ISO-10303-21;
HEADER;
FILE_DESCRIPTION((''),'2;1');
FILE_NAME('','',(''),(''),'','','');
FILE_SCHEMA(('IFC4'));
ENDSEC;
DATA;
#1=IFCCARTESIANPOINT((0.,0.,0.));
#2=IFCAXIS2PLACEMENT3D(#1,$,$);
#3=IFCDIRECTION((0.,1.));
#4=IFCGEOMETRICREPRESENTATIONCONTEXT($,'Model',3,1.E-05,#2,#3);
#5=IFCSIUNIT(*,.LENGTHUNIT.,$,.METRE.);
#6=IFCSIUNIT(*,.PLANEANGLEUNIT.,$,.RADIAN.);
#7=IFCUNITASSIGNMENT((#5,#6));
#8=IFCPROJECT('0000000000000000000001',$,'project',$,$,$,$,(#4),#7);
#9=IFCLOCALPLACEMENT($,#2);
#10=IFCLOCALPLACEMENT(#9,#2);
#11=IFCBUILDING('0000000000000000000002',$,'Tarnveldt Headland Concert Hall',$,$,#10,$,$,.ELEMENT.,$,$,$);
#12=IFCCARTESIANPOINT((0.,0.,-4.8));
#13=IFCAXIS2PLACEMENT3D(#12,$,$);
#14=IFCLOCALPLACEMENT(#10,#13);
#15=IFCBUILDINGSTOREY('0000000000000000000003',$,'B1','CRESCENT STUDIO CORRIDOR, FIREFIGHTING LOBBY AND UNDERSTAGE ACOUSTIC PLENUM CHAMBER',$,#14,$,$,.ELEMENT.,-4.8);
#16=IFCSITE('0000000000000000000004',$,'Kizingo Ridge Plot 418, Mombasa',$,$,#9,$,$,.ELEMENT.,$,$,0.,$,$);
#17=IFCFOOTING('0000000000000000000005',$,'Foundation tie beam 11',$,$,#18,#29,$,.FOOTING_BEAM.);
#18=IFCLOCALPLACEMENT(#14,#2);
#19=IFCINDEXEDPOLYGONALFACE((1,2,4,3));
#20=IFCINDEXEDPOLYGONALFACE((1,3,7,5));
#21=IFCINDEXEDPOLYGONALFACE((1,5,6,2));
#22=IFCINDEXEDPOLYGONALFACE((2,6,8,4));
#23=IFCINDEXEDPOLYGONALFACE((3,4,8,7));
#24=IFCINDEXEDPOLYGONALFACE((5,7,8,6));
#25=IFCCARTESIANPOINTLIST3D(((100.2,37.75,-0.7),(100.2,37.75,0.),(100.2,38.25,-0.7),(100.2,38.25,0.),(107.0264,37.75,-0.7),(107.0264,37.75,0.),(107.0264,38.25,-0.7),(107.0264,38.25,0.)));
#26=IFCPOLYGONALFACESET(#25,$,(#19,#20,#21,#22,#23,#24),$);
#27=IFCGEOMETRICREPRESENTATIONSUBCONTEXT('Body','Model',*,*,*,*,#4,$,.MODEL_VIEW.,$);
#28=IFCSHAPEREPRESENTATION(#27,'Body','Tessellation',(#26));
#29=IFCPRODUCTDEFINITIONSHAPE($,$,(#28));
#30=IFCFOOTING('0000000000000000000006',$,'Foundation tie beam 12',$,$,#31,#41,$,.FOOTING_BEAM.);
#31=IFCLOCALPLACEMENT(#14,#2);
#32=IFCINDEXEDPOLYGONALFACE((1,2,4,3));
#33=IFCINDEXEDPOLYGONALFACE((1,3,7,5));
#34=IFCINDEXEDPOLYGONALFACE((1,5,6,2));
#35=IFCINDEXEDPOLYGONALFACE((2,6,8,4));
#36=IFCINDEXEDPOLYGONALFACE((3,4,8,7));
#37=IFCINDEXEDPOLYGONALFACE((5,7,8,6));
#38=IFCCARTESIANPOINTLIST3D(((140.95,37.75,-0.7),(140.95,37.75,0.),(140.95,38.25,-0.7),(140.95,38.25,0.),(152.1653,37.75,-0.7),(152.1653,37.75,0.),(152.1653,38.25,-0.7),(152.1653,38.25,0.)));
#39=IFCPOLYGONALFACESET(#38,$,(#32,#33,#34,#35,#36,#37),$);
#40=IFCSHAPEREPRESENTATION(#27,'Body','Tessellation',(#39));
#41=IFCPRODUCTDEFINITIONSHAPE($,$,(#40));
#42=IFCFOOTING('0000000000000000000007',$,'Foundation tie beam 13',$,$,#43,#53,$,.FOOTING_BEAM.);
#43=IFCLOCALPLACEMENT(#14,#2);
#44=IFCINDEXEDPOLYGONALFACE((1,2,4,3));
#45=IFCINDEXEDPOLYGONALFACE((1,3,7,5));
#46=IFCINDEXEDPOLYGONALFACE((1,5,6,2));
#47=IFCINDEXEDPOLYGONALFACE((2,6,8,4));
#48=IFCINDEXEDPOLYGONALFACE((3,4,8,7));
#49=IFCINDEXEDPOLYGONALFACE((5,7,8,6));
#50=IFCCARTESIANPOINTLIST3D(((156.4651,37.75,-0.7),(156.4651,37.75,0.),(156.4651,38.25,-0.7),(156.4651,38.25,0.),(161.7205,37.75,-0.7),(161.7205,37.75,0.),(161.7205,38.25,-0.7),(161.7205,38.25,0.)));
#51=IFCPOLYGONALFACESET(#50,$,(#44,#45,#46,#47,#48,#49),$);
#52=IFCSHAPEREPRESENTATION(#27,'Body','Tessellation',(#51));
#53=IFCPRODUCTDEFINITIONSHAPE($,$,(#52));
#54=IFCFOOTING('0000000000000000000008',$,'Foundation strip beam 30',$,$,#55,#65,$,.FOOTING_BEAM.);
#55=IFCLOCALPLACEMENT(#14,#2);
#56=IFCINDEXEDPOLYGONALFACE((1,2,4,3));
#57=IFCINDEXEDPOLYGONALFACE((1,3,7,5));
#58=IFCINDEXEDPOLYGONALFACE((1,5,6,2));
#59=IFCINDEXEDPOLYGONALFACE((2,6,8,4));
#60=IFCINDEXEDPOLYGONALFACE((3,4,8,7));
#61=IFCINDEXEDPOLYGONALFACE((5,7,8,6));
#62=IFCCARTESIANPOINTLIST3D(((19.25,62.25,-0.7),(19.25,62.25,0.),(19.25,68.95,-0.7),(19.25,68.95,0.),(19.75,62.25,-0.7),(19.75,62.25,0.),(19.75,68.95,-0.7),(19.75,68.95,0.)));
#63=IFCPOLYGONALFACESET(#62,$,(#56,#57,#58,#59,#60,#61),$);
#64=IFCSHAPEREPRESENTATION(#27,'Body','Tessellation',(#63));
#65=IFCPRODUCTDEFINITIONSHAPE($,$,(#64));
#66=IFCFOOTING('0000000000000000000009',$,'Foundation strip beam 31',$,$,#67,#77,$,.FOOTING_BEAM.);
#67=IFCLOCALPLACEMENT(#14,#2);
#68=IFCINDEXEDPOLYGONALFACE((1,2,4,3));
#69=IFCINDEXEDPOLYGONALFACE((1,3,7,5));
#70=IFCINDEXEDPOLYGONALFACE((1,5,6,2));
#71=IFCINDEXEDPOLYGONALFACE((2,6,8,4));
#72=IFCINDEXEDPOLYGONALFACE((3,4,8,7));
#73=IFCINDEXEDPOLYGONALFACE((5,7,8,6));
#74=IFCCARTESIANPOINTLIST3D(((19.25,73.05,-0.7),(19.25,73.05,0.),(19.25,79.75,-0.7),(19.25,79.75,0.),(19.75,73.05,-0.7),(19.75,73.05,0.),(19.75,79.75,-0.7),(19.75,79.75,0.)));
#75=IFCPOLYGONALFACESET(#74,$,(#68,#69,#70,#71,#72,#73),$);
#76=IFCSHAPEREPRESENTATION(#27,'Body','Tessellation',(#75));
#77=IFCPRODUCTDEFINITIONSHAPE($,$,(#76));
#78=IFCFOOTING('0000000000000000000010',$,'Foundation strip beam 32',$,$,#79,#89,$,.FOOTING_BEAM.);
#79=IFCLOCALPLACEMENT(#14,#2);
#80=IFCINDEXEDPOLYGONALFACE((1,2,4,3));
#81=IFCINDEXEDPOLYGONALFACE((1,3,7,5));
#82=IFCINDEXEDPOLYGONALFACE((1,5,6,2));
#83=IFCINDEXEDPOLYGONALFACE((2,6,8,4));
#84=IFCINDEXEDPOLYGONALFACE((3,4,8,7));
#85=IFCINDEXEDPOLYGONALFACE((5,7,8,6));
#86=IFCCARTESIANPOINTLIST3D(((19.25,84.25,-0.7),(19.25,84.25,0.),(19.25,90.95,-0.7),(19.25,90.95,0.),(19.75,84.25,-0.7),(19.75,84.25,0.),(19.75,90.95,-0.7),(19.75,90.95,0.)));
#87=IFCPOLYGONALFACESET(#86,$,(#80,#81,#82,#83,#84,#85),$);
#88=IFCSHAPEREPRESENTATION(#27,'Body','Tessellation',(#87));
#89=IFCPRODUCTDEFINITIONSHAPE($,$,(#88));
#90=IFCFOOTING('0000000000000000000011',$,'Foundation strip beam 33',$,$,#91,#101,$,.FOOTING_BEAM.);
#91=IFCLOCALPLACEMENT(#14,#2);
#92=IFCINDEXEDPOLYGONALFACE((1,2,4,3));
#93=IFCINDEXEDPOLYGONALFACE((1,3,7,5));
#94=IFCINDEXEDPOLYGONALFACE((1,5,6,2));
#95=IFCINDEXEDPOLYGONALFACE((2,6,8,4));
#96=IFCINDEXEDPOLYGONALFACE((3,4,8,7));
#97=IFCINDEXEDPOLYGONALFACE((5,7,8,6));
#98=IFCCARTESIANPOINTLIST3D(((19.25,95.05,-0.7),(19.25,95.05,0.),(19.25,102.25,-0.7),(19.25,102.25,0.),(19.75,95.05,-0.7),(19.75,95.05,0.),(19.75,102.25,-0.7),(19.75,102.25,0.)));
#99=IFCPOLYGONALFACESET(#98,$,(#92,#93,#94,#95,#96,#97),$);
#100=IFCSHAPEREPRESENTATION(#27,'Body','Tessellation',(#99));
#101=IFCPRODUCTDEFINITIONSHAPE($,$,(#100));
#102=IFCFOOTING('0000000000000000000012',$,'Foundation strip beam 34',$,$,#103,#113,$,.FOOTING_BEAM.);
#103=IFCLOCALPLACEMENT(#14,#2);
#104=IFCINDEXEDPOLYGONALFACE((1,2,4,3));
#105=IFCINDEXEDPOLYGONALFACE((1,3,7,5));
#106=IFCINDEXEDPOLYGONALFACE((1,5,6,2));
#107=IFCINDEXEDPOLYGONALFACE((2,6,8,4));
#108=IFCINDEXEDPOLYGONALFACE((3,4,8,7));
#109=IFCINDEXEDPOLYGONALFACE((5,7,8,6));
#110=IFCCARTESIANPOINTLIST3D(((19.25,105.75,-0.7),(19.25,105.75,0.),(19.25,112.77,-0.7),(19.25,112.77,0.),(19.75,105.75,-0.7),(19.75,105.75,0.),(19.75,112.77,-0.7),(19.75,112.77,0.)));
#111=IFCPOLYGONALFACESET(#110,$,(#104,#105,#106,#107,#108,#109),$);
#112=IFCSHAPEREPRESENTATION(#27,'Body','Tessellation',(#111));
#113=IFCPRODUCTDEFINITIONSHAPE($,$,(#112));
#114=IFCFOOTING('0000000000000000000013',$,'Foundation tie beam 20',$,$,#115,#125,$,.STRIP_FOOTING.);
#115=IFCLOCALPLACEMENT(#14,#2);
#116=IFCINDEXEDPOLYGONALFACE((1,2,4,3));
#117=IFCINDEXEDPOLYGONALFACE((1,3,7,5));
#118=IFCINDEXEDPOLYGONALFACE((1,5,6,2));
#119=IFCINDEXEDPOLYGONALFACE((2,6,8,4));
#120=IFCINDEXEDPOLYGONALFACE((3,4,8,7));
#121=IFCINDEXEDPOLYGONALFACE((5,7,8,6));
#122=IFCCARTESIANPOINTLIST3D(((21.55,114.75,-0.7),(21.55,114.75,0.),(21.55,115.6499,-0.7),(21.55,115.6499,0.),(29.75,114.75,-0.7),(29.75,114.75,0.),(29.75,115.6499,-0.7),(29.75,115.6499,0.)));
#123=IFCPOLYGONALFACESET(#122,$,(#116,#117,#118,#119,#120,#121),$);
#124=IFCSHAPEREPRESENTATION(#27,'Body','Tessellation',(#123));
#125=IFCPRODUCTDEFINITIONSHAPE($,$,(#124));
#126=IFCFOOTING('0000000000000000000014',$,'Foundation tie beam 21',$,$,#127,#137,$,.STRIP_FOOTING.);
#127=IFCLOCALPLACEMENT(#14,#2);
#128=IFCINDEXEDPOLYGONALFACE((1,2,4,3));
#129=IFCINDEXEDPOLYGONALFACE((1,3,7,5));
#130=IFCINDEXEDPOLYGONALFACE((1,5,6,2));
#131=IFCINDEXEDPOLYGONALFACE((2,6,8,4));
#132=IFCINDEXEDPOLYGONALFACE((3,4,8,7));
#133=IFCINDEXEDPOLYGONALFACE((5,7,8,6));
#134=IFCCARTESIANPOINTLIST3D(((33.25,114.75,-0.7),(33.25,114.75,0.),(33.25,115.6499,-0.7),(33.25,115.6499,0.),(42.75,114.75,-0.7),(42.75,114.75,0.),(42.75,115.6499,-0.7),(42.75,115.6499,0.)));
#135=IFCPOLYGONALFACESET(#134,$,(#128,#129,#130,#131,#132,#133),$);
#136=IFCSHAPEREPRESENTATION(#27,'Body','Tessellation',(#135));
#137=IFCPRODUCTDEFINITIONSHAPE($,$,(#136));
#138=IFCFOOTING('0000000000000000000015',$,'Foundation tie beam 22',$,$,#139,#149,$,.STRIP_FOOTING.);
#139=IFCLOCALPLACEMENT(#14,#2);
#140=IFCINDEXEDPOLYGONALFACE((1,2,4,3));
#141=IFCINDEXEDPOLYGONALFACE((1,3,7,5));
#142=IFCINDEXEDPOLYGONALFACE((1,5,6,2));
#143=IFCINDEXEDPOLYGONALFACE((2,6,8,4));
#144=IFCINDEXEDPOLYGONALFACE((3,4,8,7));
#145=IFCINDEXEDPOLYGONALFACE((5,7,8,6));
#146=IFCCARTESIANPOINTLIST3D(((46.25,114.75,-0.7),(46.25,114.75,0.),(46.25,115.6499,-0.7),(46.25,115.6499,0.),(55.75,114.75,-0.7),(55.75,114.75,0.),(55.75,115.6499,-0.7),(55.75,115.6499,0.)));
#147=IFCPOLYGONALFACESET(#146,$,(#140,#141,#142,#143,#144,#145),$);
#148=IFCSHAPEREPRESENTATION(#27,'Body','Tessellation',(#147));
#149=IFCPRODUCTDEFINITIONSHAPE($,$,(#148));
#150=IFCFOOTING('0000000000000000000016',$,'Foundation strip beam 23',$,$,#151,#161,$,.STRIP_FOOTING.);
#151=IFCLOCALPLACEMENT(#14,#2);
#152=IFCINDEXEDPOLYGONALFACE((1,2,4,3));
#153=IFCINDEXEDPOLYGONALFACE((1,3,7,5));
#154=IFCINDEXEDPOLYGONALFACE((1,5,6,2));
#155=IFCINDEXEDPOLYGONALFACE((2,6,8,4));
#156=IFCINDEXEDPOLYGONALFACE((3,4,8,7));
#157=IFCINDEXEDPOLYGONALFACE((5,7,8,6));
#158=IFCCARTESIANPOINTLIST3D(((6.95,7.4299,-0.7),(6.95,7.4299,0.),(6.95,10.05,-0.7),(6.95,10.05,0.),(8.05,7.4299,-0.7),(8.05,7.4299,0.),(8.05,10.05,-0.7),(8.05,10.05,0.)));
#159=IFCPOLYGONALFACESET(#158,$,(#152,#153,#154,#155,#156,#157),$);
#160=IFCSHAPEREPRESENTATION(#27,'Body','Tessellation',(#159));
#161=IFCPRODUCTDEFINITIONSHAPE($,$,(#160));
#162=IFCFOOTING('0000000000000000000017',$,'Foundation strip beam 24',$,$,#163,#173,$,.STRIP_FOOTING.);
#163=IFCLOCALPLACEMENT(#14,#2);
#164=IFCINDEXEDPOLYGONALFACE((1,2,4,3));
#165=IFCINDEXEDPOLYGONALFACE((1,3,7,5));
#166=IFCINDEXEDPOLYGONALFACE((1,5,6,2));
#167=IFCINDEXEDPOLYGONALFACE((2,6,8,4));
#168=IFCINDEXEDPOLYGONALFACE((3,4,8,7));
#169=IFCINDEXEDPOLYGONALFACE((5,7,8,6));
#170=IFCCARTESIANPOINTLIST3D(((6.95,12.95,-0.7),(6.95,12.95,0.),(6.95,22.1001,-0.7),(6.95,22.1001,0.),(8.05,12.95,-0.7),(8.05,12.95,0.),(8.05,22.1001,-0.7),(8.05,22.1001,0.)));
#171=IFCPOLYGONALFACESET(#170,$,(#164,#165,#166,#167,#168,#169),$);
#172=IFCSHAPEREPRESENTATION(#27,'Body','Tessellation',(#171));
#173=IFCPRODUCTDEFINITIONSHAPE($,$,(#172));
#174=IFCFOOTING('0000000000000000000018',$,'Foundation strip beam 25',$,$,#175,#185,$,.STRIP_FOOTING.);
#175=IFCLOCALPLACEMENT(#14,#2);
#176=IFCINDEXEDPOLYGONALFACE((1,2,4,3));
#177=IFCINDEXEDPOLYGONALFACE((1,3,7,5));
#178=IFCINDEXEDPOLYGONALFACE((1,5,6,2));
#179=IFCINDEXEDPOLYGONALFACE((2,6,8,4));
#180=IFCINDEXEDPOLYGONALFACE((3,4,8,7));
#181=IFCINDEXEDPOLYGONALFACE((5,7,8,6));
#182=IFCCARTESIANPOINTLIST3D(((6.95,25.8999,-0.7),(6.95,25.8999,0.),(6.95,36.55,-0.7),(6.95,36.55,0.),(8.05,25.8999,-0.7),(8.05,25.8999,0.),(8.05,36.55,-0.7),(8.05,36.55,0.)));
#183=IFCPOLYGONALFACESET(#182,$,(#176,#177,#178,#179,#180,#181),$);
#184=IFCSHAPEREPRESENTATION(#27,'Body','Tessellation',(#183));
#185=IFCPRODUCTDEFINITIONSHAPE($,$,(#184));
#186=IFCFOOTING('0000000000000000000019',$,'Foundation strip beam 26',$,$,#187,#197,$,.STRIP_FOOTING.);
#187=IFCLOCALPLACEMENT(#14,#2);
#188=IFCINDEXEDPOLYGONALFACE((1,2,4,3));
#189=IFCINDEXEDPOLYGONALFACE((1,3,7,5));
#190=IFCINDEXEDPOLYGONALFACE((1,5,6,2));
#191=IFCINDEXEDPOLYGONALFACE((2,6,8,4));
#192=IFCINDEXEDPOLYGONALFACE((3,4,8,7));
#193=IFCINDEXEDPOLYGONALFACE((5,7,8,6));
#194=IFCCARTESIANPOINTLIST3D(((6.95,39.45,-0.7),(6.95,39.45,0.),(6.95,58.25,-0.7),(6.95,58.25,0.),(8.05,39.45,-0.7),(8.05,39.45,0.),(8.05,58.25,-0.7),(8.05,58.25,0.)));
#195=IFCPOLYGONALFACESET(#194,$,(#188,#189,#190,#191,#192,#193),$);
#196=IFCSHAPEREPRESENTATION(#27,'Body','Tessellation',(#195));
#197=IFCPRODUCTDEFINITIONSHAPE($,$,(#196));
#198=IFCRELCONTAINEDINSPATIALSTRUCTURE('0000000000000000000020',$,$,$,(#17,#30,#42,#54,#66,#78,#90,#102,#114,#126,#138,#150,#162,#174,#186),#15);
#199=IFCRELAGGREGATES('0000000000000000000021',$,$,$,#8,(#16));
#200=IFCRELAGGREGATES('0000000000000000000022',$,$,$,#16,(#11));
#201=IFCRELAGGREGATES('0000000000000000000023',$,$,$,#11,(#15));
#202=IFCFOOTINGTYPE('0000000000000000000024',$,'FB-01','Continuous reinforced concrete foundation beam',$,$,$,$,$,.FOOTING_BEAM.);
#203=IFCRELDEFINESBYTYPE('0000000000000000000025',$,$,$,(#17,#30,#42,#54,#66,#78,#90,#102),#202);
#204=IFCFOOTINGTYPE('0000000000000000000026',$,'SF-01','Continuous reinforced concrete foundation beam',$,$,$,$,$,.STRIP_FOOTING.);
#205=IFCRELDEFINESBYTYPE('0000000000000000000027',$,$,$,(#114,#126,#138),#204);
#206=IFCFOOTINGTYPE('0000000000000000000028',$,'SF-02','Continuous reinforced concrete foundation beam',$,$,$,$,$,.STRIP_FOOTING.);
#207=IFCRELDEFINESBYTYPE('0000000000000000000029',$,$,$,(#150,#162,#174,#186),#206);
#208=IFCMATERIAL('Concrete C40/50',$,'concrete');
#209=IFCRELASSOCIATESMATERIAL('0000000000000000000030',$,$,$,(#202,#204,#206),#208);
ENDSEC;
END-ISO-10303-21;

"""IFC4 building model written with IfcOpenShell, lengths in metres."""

from ifc_helpers import new_model, si_unit, direction, frame, origin, place, context, subcontext, project, spatial, polyline, outline, extrude, material, type_object, element, save


model = new_model("IFC4")

# Units and contexts
model_context = context("Model", 3, precision=1e-05, world=origin(), true_north=direction((0.0, 1.0)))
body_context = subcontext(model_context, "Body", "Model", "MODEL_VIEW")
ifc_project = project(units=[si_unit("LENGTHUNIT", "METRE"), si_unit("PLANEANGLEUNIT", "RADIAN")], contexts=[model_context])

# Site, building, storey
site_placement = place(None, origin())
site = spatial("IfcSite", under=ifc_project, at=site_placement, Name="Kizingo Ridge Plot 418, Mombasa", CompositionType="ELEMENT", RefElevation=0.0)
building_placement = place(site_placement, origin())
building = spatial("IfcBuilding", under=site, at=building_placement, Name="Tarnveldt Headland Concert Hall", CompositionType="ELEMENT")
storey_placement = place(building_placement, frame((0.0, 0.0, -4.8)))
storey = spatial("IfcBuildingStorey", under=building, at=storey_placement, Name="B1", Description="CRESCENT STUDIO CORRIDOR, FIREFIGHTING LOBBY AND UNDERSTAGE ACOUSTIC PLENUM CHAMBER", CompositionType="ELEMENT", Elevation=-4.8)

# Footings
ifc_material = material(Name="Concrete C40/50", Category="concrete")
footing_type_1 = type_object("IfcFootingType", Name="FB-01", Description="Continuous reinforced concrete foundation beam", PredefinedType="FOOTING_BEAM", material=ifc_material)
footing_1_placement = place(storey_placement, frame((0.0, 0.0, -0.7)))
element("IfcFooting", 1, at=footing_1_placement, inside=storey, type_object=footing_type_1, Name="Foundation tie beam 11", PredefinedType="FOOTING_BEAM", context=body_context, shape_type="SweptSolid", body=[
    extrude(outline(polyline([(107.0264, 37.75), (107.0264, 38.25), (100.2, 38.25), (100.2, 37.75), (107.0264, 37.75)])), origin(), (0.0, 0.0, 1.0), 0.7),
])
footing_2_placement = place(storey_placement, frame((0.0, 0.0, -0.7)))
element("IfcFooting", 2, at=footing_2_placement, inside=storey, type_object=footing_type_1, Name="Foundation tie beam 12", PredefinedType="FOOTING_BEAM", context=body_context, shape_type="SweptSolid", body=[
    extrude(outline(polyline([(152.1653, 37.75), (152.1653, 38.25), (140.95, 38.25), (140.95, 37.75), (152.1653, 37.75)])), origin(), (0.0, 0.0, 1.0), 0.7),
])
footing_3_placement = place(storey_placement, frame((0.0, 0.0, -0.7)))
element("IfcFooting", 3, at=footing_3_placement, inside=storey, type_object=footing_type_1, Name="Foundation tie beam 13", PredefinedType="FOOTING_BEAM", context=body_context, shape_type="SweptSolid", body=[
    extrude(outline(polyline([(161.7205, 37.75), (161.7205, 38.25), (156.4651, 38.25), (156.4651, 37.75), (161.7205, 37.75)])), origin(), (0.0, 0.0, 1.0), 0.7),
])
footing_4_placement = place(storey_placement, frame((0.0, 0.0, -0.7)))
element("IfcFooting", 4, at=footing_4_placement, inside=storey, type_object=footing_type_1, Name="Foundation strip beam 30", PredefinedType="FOOTING_BEAM", context=body_context, shape_type="SweptSolid", body=[
    extrude(outline(polyline([(19.75, 62.25), (19.75, 68.95), (19.25, 68.95), (19.25, 62.25), (19.75, 62.25)])), origin(), (0.0, 0.0, 1.0), 0.7),
])
footing_5_placement = place(storey_placement, frame((0.0, 0.0, -0.7)))
element("IfcFooting", 5, at=footing_5_placement, inside=storey, type_object=footing_type_1, Name="Foundation strip beam 31", PredefinedType="FOOTING_BEAM", context=body_context, shape_type="SweptSolid", body=[
    extrude(outline(polyline([(19.75, 73.05), (19.75, 79.75), (19.25, 79.75), (19.25, 73.05), (19.75, 73.05)])), origin(), (0.0, 0.0, 1.0), 0.7),
])
footing_6_placement = place(storey_placement, frame((0.0, 0.0, -0.7)))
element("IfcFooting", 6, at=footing_6_placement, inside=storey, type_object=footing_type_1, Name="Foundation strip beam 32", PredefinedType="FOOTING_BEAM", context=body_context, shape_type="SweptSolid", body=[
    extrude(outline(polyline([(19.75, 84.25), (19.75, 90.95), (19.25, 90.95), (19.25, 84.25), (19.75, 84.25)])), origin(), (0.0, 0.0, 1.0), 0.7),
])
footing_7_placement = place(storey_placement, frame((0.0, 0.0, -0.7)))
element("IfcFooting", 7, at=footing_7_placement, inside=storey, type_object=footing_type_1, Name="Foundation strip beam 33", PredefinedType="FOOTING_BEAM", context=body_context, shape_type="SweptSolid", body=[
    extrude(outline(polyline([(19.75, 95.05), (19.75, 102.25), (19.25, 102.25), (19.25, 95.05), (19.75, 95.05)])), origin(), (0.0, 0.0, 1.0), 0.7),
])
footing_8_placement = place(storey_placement, frame((0.0, 0.0, -0.7)))
element("IfcFooting", 8, at=footing_8_placement, inside=storey, type_object=footing_type_1, Name="Foundation strip beam 34", PredefinedType="FOOTING_BEAM", context=body_context, shape_type="SweptSolid", body=[
    extrude(outline(polyline([(19.75, 105.75), (19.75, 112.77), (19.25, 112.77), (19.25, 105.75), (19.75, 105.75)])), origin(), (0.0, 0.0, 1.0), 0.7),
])
footing_type_2 = type_object("IfcFootingType", Name="SF-01", Description="Continuous reinforced concrete foundation beam", PredefinedType="STRIP_FOOTING", material=ifc_material)
footing_9_placement = place(storey_placement, frame((0.0, 0.0, -0.7)))
element("IfcFooting", 9, at=footing_9_placement, inside=storey, type_object=footing_type_2, Name="Foundation tie beam 20", PredefinedType="STRIP_FOOTING", context=body_context, shape_type="SweptSolid", body=[
    extrude(outline(polyline([(29.75, 114.75), (29.75, 115.6499), (21.55, 115.6499), (21.55, 114.75), (29.75, 114.75)])), origin(), (0.0, 0.0, 1.0), 0.7),
])
footing_10_placement = place(storey_placement, frame((0.0, 0.0, -0.7)))
element("IfcFooting", 10, at=footing_10_placement, inside=storey, type_object=footing_type_2, Name="Foundation tie beam 21", PredefinedType="STRIP_FOOTING", context=body_context, shape_type="SweptSolid", body=[
    extrude(outline(polyline([(42.75, 114.75), (42.75, 115.6499), (33.25, 115.6499), (33.25, 114.75), (42.75, 114.75)])), origin(), (0.0, 0.0, 1.0), 0.7),
])
footing_11_placement = place(storey_placement, frame((0.0, 0.0, -0.7)))
element("IfcFooting", 11, at=footing_11_placement, inside=storey, type_object=footing_type_2, Name="Foundation tie beam 22", PredefinedType="STRIP_FOOTING", context=body_context, shape_type="SweptSolid", body=[
    extrude(outline(polyline([(55.75, 114.75), (55.75, 115.6499), (46.25, 115.6499), (46.25, 114.75), (55.75, 114.75)])), origin(), (0.0, 0.0, 1.0), 0.7),
])
footing_type_3 = type_object("IfcFootingType", Name="SF-02", Description="Continuous reinforced concrete foundation beam", PredefinedType="STRIP_FOOTING", material=ifc_material)
footing_12_placement = place(storey_placement, frame((0.0, 0.0, -0.7)))
element("IfcFooting", 12, at=footing_12_placement, inside=storey, type_object=footing_type_3, Name="Foundation strip beam 23", PredefinedType="STRIP_FOOTING", context=body_context, shape_type="SweptSolid", body=[
    extrude(outline(polyline([(8.05, 7.4299), (8.05, 10.05), (6.95, 10.05), (6.95, 7.4299), (8.05, 7.4299)])), origin(), (0.0, 0.0, 1.0), 0.7),
])
footing_13_placement = place(storey_placement, frame((0.0, 0.0, -0.7)))
element("IfcFooting", 13, at=footing_13_placement, inside=storey, type_object=footing_type_3, Name="Foundation strip beam 24", PredefinedType="STRIP_FOOTING", context=body_context, shape_type="SweptSolid", body=[
    extrude(outline(polyline([(8.05, 12.95), (8.05, 22.1001), (6.95, 22.1001), (6.95, 12.95), (8.05, 12.95)])), origin(), (0.0, 0.0, 1.0), 0.7),
])
footing_14_placement = place(storey_placement, frame((0.0, 0.0, -0.7)))
element("IfcFooting", 14, at=footing_14_placement, inside=storey, type_object=footing_type_3, Name="Foundation strip beam 25", PredefinedType="STRIP_FOOTING", context=body_context, shape_type="SweptSolid", body=[
    extrude(outline(polyline([(8.05, 25.8999), (8.05, 36.55), (6.95, 36.55), (6.95, 25.8999), (8.05, 25.8999)])), origin(), (0.0, 0.0, 1.0), 0.7),
])
footing_15_placement = place(storey_placement, frame((0.0, 0.0, -0.7)))
element("IfcFooting", 15, at=footing_15_placement, inside=storey, type_object=footing_type_3, Name="Foundation strip beam 26", PredefinedType="STRIP_FOOTING", context=body_context, shape_type="SweptSolid", body=[
    extrude(outline(polyline([(8.05, 39.45), (8.05, 58.25), (6.95, 58.25), (6.95, 39.45), (8.05, 39.45)])), origin(), (0.0, 0.0, 1.0), 0.7),
])

save(model, "model.ifc")
